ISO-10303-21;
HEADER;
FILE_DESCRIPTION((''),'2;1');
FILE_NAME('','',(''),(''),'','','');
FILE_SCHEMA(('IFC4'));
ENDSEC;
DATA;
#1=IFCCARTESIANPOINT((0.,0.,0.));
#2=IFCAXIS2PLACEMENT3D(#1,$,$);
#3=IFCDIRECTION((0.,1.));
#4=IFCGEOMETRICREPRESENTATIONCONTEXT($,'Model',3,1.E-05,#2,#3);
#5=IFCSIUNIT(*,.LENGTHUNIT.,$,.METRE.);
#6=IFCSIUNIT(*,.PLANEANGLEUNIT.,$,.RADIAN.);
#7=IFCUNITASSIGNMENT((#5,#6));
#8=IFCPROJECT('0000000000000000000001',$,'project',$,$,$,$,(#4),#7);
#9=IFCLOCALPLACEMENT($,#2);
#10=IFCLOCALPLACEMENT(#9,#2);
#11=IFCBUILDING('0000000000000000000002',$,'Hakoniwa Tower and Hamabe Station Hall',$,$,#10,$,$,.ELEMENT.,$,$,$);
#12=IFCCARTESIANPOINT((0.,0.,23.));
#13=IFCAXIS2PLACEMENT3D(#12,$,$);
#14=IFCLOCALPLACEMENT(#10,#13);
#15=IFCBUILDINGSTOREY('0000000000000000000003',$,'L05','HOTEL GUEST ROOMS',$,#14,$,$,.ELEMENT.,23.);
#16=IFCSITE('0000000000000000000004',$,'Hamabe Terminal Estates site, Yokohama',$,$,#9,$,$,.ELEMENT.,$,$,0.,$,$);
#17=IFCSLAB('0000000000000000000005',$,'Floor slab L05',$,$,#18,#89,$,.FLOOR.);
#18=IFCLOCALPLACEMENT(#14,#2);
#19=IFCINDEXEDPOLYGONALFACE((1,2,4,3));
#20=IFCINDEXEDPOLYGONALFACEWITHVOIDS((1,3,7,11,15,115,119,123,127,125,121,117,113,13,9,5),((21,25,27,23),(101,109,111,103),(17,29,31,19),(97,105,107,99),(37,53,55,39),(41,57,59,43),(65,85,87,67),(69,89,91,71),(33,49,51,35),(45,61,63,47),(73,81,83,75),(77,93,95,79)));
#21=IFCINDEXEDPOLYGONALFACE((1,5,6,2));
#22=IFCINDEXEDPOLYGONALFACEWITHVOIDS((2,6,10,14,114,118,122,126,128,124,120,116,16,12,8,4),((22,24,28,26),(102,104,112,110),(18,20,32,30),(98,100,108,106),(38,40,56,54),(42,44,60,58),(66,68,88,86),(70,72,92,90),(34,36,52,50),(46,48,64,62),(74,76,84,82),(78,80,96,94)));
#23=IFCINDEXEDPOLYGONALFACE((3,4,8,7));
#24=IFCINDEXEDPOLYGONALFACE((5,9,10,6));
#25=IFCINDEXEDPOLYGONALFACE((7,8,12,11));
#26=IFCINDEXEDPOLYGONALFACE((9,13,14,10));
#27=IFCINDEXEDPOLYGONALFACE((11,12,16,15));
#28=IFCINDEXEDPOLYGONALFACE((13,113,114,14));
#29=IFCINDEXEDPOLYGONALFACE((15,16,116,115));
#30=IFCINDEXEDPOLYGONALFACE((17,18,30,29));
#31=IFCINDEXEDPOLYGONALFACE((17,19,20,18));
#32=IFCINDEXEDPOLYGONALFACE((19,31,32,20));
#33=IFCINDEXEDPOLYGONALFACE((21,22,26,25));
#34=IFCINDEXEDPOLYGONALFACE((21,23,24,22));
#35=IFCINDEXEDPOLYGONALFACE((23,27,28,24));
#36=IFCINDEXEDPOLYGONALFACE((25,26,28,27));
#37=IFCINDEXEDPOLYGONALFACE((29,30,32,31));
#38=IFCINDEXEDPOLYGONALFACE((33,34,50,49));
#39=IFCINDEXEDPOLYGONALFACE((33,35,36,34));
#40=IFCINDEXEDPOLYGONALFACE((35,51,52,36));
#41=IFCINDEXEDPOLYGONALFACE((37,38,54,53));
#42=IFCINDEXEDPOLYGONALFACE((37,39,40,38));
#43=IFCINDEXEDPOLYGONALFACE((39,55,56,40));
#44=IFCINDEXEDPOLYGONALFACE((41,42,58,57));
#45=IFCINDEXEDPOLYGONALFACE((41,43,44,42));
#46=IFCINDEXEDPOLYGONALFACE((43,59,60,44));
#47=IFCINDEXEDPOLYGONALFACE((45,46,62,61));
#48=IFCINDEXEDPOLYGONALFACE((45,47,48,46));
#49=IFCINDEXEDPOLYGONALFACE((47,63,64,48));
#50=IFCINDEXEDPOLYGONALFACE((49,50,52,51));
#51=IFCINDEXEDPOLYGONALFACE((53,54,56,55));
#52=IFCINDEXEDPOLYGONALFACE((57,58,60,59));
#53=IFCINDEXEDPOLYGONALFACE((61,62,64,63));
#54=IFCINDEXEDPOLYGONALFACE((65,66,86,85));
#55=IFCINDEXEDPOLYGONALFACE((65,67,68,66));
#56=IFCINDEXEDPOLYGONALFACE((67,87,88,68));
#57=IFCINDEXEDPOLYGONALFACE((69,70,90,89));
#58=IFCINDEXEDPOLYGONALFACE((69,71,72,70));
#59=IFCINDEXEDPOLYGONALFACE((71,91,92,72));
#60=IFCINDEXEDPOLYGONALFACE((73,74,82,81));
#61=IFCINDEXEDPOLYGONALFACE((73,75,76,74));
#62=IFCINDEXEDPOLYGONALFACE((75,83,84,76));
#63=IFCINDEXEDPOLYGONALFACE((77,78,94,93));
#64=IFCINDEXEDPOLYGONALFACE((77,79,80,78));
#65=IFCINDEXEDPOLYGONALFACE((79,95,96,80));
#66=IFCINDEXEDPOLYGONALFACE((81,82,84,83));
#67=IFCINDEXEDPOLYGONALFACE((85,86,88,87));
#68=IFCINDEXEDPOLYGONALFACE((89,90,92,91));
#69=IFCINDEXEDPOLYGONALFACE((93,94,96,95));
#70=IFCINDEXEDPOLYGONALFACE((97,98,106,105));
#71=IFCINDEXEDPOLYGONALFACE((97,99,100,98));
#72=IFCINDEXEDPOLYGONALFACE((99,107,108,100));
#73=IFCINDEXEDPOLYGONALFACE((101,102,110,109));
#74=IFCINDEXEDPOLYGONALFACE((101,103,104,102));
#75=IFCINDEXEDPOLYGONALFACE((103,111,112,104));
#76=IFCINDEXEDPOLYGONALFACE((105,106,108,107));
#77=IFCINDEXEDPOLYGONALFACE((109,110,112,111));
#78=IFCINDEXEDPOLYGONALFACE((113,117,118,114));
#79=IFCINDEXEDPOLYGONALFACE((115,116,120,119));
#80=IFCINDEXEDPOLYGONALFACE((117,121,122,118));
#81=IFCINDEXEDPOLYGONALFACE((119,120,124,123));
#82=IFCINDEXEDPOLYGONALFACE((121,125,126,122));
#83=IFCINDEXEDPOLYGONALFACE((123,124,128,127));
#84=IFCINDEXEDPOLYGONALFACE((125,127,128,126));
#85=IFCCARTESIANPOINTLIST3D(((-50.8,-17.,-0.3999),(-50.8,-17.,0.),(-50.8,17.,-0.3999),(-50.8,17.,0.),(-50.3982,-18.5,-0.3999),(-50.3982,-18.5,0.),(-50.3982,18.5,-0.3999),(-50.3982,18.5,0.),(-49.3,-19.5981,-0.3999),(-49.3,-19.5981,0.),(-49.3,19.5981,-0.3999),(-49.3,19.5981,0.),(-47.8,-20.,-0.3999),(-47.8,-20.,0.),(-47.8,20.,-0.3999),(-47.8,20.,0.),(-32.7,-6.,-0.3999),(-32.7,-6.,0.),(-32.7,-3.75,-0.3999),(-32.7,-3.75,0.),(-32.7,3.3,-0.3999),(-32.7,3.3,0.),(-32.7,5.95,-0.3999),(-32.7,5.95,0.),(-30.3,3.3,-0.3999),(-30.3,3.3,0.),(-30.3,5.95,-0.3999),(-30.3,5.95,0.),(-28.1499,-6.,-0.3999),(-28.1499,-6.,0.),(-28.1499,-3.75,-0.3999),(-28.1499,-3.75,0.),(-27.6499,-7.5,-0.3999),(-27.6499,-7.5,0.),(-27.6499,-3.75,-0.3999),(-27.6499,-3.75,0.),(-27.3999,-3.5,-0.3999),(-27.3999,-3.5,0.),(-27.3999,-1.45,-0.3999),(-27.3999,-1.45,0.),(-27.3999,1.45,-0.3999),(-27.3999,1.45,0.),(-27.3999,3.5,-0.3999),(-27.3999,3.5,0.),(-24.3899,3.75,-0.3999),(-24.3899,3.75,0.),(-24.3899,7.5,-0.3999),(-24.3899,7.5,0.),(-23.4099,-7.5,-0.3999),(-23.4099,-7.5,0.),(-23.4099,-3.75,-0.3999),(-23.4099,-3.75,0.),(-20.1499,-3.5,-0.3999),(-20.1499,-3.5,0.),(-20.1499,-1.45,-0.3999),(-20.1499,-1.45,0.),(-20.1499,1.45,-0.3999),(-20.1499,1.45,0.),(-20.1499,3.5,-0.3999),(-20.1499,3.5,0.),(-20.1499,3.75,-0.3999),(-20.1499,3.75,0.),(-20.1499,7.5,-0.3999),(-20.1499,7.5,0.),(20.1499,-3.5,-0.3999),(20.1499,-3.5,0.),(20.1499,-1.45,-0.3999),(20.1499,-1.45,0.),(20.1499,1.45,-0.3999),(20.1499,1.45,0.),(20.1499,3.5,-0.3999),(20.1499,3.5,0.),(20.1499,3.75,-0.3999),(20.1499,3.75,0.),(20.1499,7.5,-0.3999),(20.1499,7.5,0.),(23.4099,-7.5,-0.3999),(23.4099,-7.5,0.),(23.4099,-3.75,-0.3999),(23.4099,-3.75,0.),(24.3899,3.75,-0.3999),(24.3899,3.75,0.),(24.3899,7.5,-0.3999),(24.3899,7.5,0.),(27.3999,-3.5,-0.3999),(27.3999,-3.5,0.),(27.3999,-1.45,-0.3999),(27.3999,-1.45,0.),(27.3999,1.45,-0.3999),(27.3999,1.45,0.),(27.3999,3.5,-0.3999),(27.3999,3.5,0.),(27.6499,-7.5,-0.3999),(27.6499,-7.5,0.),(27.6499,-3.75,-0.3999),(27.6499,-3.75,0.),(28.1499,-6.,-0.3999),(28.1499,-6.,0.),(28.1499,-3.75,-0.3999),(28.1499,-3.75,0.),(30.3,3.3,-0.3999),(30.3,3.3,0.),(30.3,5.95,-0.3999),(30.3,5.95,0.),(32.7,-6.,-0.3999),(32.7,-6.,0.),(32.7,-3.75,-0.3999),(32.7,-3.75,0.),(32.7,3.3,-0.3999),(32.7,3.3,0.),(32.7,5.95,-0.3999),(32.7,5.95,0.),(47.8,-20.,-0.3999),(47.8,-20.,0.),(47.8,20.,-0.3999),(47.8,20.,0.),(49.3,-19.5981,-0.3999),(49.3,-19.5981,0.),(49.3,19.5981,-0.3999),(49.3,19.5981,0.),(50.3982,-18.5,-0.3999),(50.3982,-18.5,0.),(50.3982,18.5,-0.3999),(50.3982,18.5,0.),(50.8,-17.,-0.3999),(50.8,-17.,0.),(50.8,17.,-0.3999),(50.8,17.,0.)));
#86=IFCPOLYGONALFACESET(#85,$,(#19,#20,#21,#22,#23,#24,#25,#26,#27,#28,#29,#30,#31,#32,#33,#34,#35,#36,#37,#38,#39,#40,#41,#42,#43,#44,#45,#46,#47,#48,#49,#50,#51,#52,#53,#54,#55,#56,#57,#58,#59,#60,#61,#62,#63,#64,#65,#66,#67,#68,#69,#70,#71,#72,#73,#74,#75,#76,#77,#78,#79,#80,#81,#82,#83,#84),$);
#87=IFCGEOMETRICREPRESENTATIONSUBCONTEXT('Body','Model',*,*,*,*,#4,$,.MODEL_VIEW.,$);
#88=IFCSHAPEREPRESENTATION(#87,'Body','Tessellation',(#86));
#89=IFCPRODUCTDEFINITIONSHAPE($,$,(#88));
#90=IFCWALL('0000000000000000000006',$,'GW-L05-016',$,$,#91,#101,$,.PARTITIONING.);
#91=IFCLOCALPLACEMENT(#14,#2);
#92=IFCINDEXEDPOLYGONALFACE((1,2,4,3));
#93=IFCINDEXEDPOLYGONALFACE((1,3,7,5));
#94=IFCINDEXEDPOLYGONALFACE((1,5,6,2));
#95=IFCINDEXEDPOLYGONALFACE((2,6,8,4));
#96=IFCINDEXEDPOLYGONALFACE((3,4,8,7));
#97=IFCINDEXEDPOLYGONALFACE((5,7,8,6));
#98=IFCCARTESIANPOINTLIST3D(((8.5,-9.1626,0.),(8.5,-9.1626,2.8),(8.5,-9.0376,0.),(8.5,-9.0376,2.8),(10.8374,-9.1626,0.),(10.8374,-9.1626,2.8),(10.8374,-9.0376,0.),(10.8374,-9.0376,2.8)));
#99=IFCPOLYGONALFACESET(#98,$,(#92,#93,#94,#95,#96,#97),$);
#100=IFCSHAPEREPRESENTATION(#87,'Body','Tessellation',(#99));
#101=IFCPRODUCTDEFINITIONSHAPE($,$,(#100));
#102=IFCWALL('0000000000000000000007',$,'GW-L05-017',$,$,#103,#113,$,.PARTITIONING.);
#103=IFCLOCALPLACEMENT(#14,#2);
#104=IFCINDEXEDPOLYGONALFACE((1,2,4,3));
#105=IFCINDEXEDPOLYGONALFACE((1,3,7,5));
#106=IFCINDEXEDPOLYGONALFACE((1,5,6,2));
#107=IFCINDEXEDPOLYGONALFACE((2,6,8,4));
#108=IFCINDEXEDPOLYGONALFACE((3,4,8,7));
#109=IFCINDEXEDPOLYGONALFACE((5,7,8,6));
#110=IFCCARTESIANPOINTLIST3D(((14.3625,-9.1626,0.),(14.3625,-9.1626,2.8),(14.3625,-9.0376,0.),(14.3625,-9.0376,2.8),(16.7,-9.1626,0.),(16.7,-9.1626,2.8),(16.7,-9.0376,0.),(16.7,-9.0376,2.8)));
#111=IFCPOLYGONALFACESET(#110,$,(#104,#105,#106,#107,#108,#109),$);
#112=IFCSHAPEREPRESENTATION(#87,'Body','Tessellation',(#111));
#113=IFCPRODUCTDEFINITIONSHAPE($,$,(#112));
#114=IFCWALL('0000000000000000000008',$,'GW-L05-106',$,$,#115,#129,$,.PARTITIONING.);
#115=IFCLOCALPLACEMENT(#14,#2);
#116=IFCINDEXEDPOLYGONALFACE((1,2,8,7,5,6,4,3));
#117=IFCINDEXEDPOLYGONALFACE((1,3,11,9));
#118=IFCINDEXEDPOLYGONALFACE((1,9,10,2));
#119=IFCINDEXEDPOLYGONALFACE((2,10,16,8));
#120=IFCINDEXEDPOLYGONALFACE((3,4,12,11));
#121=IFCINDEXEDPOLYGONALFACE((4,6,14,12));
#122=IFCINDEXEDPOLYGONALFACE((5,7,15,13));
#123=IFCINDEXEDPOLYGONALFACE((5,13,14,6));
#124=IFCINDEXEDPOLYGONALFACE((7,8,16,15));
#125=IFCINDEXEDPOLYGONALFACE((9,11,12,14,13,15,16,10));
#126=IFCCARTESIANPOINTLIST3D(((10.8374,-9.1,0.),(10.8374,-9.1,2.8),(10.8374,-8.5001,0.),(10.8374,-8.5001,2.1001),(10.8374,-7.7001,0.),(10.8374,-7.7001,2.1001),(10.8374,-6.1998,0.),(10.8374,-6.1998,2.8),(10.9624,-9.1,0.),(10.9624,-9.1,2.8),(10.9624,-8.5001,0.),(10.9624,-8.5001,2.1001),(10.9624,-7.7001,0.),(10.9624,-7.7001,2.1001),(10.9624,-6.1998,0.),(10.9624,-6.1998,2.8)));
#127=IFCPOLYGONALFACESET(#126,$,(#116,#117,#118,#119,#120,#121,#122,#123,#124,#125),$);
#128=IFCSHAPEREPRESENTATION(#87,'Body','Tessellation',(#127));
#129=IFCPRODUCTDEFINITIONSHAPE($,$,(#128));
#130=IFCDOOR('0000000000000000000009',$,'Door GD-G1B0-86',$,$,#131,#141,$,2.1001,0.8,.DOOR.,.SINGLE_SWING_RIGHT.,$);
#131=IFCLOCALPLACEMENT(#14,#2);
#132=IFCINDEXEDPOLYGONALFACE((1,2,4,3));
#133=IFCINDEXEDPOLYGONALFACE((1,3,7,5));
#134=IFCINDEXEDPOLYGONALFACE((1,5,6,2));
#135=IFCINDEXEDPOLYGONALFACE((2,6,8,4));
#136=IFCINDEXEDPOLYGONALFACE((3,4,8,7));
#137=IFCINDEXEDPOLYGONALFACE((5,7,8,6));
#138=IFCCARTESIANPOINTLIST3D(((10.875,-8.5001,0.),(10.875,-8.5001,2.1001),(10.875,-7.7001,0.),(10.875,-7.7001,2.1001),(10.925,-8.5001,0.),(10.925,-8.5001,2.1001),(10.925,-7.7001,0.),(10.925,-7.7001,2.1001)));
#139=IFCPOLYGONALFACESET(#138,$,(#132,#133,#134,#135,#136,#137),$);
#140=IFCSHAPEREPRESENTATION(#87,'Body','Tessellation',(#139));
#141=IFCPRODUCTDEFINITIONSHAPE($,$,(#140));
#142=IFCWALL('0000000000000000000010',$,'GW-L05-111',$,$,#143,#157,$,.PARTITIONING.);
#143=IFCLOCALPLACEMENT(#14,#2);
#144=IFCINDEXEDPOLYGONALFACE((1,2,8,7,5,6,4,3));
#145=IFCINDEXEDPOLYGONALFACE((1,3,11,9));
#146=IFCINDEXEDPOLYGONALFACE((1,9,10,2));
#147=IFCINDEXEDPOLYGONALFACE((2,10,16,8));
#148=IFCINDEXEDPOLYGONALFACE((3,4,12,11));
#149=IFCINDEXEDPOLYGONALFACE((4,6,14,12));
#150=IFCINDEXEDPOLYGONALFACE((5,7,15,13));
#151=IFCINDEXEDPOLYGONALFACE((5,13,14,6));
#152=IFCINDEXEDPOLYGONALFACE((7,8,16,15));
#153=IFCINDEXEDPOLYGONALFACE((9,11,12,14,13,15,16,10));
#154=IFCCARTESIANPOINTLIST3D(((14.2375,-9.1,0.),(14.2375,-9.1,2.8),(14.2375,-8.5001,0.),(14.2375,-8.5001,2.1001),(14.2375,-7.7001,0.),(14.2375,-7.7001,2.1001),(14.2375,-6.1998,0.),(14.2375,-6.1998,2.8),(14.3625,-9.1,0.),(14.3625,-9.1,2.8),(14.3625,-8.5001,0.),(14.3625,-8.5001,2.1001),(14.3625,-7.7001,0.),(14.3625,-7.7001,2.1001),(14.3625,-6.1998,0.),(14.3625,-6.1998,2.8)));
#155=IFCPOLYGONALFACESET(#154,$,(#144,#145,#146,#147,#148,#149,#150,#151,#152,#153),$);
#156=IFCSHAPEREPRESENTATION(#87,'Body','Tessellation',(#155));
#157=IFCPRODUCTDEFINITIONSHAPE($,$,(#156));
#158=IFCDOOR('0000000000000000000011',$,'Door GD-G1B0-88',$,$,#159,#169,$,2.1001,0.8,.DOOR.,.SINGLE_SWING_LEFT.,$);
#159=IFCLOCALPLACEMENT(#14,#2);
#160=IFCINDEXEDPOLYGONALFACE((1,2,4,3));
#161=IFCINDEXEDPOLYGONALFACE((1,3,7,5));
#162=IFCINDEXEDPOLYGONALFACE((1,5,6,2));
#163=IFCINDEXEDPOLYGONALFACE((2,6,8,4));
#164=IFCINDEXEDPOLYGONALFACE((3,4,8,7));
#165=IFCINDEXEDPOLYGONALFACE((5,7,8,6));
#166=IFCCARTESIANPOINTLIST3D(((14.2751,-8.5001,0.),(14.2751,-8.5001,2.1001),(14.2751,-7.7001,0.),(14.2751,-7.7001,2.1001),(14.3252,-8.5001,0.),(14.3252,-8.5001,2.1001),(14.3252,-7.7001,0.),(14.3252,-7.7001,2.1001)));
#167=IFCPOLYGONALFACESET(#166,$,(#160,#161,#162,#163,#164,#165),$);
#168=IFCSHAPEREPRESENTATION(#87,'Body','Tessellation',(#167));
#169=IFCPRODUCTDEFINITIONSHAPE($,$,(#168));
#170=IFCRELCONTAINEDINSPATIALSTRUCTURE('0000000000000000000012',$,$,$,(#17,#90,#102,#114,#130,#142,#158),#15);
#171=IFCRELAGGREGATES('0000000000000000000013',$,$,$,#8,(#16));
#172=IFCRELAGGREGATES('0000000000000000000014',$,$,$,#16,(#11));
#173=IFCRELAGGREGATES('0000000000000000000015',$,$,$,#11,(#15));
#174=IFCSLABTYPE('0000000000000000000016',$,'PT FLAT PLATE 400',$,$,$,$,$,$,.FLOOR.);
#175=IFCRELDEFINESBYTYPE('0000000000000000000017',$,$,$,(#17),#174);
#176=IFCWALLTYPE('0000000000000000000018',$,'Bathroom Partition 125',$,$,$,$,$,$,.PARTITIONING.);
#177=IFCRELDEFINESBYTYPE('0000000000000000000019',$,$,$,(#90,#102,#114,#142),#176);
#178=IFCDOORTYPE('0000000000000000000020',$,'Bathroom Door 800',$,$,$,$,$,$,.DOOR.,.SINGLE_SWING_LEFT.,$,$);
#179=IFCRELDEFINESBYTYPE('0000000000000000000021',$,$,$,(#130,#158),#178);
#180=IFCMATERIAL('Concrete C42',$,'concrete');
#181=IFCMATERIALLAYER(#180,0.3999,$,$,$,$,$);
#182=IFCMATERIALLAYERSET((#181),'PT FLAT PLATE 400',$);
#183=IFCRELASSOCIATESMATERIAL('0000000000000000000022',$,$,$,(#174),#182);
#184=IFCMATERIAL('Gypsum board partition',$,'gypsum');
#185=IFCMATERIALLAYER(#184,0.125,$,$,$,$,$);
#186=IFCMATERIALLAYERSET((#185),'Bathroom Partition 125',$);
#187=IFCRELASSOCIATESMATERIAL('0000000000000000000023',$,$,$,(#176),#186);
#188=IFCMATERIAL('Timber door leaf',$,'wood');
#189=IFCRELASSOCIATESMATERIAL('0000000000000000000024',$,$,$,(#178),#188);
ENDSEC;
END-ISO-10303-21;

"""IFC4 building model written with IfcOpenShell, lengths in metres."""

from ifc_helpers import new_model, si_unit, direction, frame, frame_2d, origin, place, context, subcontext, project, spatial, polyline, rectangle, outline, extrude, material, layer, layer_set, type_object, element, fill, save


model = new_model("IFC4")

# Units and contexts
model_context = context("Model", 3, precision=1e-05, world=origin(), true_north=direction((0.0, 1.0)))
body_context = subcontext(model_context, "Body", "Model", "MODEL_VIEW")
ifc_project = project(units=[si_unit("LENGTHUNIT", "METRE"), si_unit("PLANEANGLEUNIT", "RADIAN")], contexts=[model_context])

# Site, building, storey
site_placement = place(None, origin())
site = spatial("IfcSite", under=ifc_project, at=site_placement, Name="Hamabe Terminal Estates site, Yokohama", CompositionType="ELEMENT", RefElevation=0.0)
building_placement = place(site_placement, origin())
building = spatial("IfcBuilding", under=site, at=building_placement, Name="Hakoniwa Tower and Hamabe Station Hall", CompositionType="ELEMENT")
storey_placement = place(building_placement, frame((0.0, 0.0, 23.0)))
storey = spatial("IfcBuildingStorey", under=building, at=storey_placement, Name="L05", Description="HOTEL GUEST ROOMS", CompositionType="ELEMENT", Elevation=23.0)

# Slab
ifc_material_1 = material(Name="Concrete C42", Category="concrete")
ifc_layer_1 = layer(ifc_material_1, 0.3999)
ifc_layer_set_1 = layer_set([ifc_layer_1], Name="PT FLAT PLATE 400")
slab_type = type_object("IfcSlabType", Name="PT FLAT PLATE 400", PredefinedType="FLOOR", material=ifc_layer_set_1)
slab_placement = place(storey_placement, frame((0.0, 0.0, -0.3999)))
element("IfcSlab", 1, at=slab_placement, inside=storey, type_object=slab_type, Name="Floor slab L05", PredefinedType="FLOOR", context=body_context, shape_type="SweptSolid", body=[
    extrude(outline(polyline([(50.8, -17.0), (50.8, 17.0), (50.3982, 18.5), (49.3, 19.5981), (47.8, 20.0), (-47.8, 20.0), (-49.3, 19.5981), (-50.3982, 18.5), (-50.8, 17.0), (-50.8, -17.0), (-50.3982, -18.5), (-49.3, -19.5981), (-47.8, -20.0), (47.8, -20.0), (49.3, -19.5981), (50.3982, -18.5), (50.8, -17.0)]), holes=[polyline([(-27.3999, 1.45), (-27.3999, 3.5), (-20.1499, 3.5), (-20.1499, 1.45), (-27.3999, 1.45)]), polyline([(-27.3999, -3.5), (-27.3999, -1.45), (-20.1499, -1.45), (-20.1499, -3.5), (-27.3999, -3.5)]), polyline([(-32.7, 3.3), (-32.7, 5.95), (-30.3, 5.95), (-30.3, 3.3), (-32.7, 3.3)]), polyline([(-32.7, -6.0), (-32.7, -3.75), (-28.1499, -3.75), (-28.1499, -6.0), (-32.7, -6.0)]), polyline([(-24.3899, 3.75), (-24.3899, 7.5), (-20.1499, 7.5), (-20.1499, 3.75), (-24.3899, 3.75)]), polyline([(-27.6499, -7.5), (-27.6499, -3.75), (-23.4099, -3.75), (-23.4099, -7.5), (-27.6499, -7.5)]), polyline([(20.1499, 1.45), (20.1499, 3.5), (27.3999, 3.5), (27.3999, 1.45), (20.1499, 1.45)]), polyline([(20.1499, -3.5), (20.1499, -1.45), (27.3999, -1.45), (27.3999, -3.5), (20.1499, -3.5)]), polyline([(30.3, 3.3), (30.3, 5.95), (32.7, 5.95), (32.7, 3.3), (30.3, 3.3)]), polyline([(28.1499, -6.0), (28.1499, -3.75), (32.7, -3.75), (32.7, -6.0), (28.1499, -6.0)]), polyline([(20.1499, 3.75), (20.1499, 7.5), (24.3899, 7.5), (24.3899, 3.75), (20.1499, 3.75)]), polyline([(23.4099, -7.5), (23.4099, -3.75), (27.6499, -3.75), (27.6499, -7.5), (23.4099, -7.5)])]), origin(), (0.0, 0.0, 1.0), 0.3999),
])

# Walls
ifc_material_2 = material(Name="Gypsum board partition", Category="gypsum")
ifc_layer_2 = layer(ifc_material_2, 0.125)
ifc_layer_set_2 = layer_set([ifc_layer_2], Name="Bathroom Partition 125")
wall_type_1 = type_object("IfcWallType", Name="Bathroom Partition 125", PredefinedType="PARTITIONING", material=ifc_layer_set_2)
for number, where, z_axis, x_axis, name in (
    (2, (8.5, -9.1001, 0.0), (0.0, 0.0, 1.0), (1.0, 0.0, 0.0), "GW-L05-016"),
    (3, (14.3625, -9.1001, 0.0), (0.0, 0.0, 1.0), (1.0, 0.0, 0.0), "GW-L05-017"),
):
    element("IfcWall", number, at=place(storey_placement, frame(where, z_axis=z_axis, x_axis=x_axis)), inside=storey, type_object=wall_type_1, Name=name, PredefinedType="PARTITIONING", context=body_context, shape_type="SweptSolid", body=[
        extrude(rectangle(XDim=2.3374, YDim=0.125, at=frame_2d((1.1687, 0.0))), origin(), (0.0, 0.0, 1.0), 2.8),
    ])

# Walls, openings, doors
wall_1_placement = place(storey_placement, frame((10.8999, -9.1001, 0.0), z_axis=(0.0, 0.0, 1.0), x_axis=(0.0, 1.0, 0.0)))
wall_1 = element("IfcWall", 4, at=wall_1_placement, inside=storey, type_object=wall_type_1, Name="GW-L05-106", PredefinedType="PARTITIONING", context=body_context, shape_type="SweptSolid", body=[
    extrude(rectangle(XDim=2.9001, YDim=0.125, at=frame_2d((1.4502, 0.0))), origin(), (0.0, 0.0, 1.0), 2.8),
])
opening_1_placement = place(wall_1_placement, frame((0.6001, 0.0, 0.0)))
opening_1 = element("IfcOpeningElement", 5, at=opening_1_placement, cuts=wall_1, PredefinedType="OPENING", context=body_context, shape_type="SweptSolid", body=[
    extrude(rectangle(XDim=0.8, YDim=2.1001, at=frame_2d((0.3999, 1.05))), frame((0.0, 0.0725, 0.0), z_axis=(0.0, -1.0, 0.0), x_axis=(1.0, 0.0, 0.0)), (0.0, 0.0, 1.0), 0.145),
])
ifc_material_3 = material(Name="Timber door leaf", Category="wood")
door_type = type_object("IfcDoorType", Name="Bathroom Door 800", OperationType="SINGLE_SWING_LEFT", PredefinedType="DOOR", material=ifc_material_3)
door_1_placement = place(opening_1_placement, origin())
door_1 = element("IfcDoor", 6, at=door_1_placement, inside=storey, type_object=door_type, Name="Door GD-G1B0-86", OperationType="SINGLE_SWING_RIGHT", OverallHeight=2.1001, OverallWidth=0.8, PredefinedType="DOOR", context=body_context, shape_type="SweptSolid", body=[
    extrude(rectangle(XDim=0.8, YDim=2.1001, at=frame_2d((0.3999, 1.05))), frame((0.0, 0.0249, 0.0), z_axis=(0.0, -1.0, 0.0), x_axis=(1.0, 0.0, 0.0)), (0.0, 0.0, 1.0), 0.05),
])
fill(opening_1, door_1)
wall_2_placement = place(storey_placement, frame((14.3, -9.1001, 0.0), z_axis=(0.0, 0.0, 1.0), x_axis=(0.0, 1.0, 0.0)))
wall_2 = element("IfcWall", 7, at=wall_2_placement, inside=storey, type_object=wall_type_1, Name="GW-L05-111", PredefinedType="PARTITIONING", context=body_context, shape_type="SweptSolid", body=[
    extrude(rectangle(XDim=2.9001, YDim=0.125, at=frame_2d((1.4502, 0.0))), origin(), (0.0, 0.0, 1.0), 2.8),
])
opening_2_placement = place(wall_2_placement, frame((0.6001, 0.0, 0.0)))
opening_2 = element("IfcOpeningElement", 8, at=opening_2_placement, cuts=wall_2, PredefinedType="OPENING", context=body_context, shape_type="SweptSolid", body=[
    extrude(rectangle(XDim=0.8, YDim=2.1001, at=frame_2d((0.3999, 1.05))), frame((0.0, 0.0725, 0.0), z_axis=(0.0, -1.0, 0.0), x_axis=(1.0, 0.0, 0.0)), (0.0, 0.0, 1.0), 0.145),
])
door_2_placement = place(opening_2_placement, origin())
door_2 = element("IfcDoor", 9, at=door_2_placement, inside=storey, type_object=door_type, Name="Door GD-G1B0-88", OperationType="SINGLE_SWING_LEFT", OverallHeight=2.1001, OverallWidth=0.8, PredefinedType="DOOR", context=body_context, shape_type="SweptSolid", body=[
    extrude(rectangle(XDim=0.8, YDim=2.1001, at=frame_2d((0.3999, 1.05))), frame((0.0, 0.0249, 0.0), z_axis=(0.0, -1.0, 0.0), x_axis=(1.0, 0.0, 0.0)), (0.0, 0.0, 1.0), 0.05),
])
fill(opening_2, door_2)

save(model, "model.ifc")
